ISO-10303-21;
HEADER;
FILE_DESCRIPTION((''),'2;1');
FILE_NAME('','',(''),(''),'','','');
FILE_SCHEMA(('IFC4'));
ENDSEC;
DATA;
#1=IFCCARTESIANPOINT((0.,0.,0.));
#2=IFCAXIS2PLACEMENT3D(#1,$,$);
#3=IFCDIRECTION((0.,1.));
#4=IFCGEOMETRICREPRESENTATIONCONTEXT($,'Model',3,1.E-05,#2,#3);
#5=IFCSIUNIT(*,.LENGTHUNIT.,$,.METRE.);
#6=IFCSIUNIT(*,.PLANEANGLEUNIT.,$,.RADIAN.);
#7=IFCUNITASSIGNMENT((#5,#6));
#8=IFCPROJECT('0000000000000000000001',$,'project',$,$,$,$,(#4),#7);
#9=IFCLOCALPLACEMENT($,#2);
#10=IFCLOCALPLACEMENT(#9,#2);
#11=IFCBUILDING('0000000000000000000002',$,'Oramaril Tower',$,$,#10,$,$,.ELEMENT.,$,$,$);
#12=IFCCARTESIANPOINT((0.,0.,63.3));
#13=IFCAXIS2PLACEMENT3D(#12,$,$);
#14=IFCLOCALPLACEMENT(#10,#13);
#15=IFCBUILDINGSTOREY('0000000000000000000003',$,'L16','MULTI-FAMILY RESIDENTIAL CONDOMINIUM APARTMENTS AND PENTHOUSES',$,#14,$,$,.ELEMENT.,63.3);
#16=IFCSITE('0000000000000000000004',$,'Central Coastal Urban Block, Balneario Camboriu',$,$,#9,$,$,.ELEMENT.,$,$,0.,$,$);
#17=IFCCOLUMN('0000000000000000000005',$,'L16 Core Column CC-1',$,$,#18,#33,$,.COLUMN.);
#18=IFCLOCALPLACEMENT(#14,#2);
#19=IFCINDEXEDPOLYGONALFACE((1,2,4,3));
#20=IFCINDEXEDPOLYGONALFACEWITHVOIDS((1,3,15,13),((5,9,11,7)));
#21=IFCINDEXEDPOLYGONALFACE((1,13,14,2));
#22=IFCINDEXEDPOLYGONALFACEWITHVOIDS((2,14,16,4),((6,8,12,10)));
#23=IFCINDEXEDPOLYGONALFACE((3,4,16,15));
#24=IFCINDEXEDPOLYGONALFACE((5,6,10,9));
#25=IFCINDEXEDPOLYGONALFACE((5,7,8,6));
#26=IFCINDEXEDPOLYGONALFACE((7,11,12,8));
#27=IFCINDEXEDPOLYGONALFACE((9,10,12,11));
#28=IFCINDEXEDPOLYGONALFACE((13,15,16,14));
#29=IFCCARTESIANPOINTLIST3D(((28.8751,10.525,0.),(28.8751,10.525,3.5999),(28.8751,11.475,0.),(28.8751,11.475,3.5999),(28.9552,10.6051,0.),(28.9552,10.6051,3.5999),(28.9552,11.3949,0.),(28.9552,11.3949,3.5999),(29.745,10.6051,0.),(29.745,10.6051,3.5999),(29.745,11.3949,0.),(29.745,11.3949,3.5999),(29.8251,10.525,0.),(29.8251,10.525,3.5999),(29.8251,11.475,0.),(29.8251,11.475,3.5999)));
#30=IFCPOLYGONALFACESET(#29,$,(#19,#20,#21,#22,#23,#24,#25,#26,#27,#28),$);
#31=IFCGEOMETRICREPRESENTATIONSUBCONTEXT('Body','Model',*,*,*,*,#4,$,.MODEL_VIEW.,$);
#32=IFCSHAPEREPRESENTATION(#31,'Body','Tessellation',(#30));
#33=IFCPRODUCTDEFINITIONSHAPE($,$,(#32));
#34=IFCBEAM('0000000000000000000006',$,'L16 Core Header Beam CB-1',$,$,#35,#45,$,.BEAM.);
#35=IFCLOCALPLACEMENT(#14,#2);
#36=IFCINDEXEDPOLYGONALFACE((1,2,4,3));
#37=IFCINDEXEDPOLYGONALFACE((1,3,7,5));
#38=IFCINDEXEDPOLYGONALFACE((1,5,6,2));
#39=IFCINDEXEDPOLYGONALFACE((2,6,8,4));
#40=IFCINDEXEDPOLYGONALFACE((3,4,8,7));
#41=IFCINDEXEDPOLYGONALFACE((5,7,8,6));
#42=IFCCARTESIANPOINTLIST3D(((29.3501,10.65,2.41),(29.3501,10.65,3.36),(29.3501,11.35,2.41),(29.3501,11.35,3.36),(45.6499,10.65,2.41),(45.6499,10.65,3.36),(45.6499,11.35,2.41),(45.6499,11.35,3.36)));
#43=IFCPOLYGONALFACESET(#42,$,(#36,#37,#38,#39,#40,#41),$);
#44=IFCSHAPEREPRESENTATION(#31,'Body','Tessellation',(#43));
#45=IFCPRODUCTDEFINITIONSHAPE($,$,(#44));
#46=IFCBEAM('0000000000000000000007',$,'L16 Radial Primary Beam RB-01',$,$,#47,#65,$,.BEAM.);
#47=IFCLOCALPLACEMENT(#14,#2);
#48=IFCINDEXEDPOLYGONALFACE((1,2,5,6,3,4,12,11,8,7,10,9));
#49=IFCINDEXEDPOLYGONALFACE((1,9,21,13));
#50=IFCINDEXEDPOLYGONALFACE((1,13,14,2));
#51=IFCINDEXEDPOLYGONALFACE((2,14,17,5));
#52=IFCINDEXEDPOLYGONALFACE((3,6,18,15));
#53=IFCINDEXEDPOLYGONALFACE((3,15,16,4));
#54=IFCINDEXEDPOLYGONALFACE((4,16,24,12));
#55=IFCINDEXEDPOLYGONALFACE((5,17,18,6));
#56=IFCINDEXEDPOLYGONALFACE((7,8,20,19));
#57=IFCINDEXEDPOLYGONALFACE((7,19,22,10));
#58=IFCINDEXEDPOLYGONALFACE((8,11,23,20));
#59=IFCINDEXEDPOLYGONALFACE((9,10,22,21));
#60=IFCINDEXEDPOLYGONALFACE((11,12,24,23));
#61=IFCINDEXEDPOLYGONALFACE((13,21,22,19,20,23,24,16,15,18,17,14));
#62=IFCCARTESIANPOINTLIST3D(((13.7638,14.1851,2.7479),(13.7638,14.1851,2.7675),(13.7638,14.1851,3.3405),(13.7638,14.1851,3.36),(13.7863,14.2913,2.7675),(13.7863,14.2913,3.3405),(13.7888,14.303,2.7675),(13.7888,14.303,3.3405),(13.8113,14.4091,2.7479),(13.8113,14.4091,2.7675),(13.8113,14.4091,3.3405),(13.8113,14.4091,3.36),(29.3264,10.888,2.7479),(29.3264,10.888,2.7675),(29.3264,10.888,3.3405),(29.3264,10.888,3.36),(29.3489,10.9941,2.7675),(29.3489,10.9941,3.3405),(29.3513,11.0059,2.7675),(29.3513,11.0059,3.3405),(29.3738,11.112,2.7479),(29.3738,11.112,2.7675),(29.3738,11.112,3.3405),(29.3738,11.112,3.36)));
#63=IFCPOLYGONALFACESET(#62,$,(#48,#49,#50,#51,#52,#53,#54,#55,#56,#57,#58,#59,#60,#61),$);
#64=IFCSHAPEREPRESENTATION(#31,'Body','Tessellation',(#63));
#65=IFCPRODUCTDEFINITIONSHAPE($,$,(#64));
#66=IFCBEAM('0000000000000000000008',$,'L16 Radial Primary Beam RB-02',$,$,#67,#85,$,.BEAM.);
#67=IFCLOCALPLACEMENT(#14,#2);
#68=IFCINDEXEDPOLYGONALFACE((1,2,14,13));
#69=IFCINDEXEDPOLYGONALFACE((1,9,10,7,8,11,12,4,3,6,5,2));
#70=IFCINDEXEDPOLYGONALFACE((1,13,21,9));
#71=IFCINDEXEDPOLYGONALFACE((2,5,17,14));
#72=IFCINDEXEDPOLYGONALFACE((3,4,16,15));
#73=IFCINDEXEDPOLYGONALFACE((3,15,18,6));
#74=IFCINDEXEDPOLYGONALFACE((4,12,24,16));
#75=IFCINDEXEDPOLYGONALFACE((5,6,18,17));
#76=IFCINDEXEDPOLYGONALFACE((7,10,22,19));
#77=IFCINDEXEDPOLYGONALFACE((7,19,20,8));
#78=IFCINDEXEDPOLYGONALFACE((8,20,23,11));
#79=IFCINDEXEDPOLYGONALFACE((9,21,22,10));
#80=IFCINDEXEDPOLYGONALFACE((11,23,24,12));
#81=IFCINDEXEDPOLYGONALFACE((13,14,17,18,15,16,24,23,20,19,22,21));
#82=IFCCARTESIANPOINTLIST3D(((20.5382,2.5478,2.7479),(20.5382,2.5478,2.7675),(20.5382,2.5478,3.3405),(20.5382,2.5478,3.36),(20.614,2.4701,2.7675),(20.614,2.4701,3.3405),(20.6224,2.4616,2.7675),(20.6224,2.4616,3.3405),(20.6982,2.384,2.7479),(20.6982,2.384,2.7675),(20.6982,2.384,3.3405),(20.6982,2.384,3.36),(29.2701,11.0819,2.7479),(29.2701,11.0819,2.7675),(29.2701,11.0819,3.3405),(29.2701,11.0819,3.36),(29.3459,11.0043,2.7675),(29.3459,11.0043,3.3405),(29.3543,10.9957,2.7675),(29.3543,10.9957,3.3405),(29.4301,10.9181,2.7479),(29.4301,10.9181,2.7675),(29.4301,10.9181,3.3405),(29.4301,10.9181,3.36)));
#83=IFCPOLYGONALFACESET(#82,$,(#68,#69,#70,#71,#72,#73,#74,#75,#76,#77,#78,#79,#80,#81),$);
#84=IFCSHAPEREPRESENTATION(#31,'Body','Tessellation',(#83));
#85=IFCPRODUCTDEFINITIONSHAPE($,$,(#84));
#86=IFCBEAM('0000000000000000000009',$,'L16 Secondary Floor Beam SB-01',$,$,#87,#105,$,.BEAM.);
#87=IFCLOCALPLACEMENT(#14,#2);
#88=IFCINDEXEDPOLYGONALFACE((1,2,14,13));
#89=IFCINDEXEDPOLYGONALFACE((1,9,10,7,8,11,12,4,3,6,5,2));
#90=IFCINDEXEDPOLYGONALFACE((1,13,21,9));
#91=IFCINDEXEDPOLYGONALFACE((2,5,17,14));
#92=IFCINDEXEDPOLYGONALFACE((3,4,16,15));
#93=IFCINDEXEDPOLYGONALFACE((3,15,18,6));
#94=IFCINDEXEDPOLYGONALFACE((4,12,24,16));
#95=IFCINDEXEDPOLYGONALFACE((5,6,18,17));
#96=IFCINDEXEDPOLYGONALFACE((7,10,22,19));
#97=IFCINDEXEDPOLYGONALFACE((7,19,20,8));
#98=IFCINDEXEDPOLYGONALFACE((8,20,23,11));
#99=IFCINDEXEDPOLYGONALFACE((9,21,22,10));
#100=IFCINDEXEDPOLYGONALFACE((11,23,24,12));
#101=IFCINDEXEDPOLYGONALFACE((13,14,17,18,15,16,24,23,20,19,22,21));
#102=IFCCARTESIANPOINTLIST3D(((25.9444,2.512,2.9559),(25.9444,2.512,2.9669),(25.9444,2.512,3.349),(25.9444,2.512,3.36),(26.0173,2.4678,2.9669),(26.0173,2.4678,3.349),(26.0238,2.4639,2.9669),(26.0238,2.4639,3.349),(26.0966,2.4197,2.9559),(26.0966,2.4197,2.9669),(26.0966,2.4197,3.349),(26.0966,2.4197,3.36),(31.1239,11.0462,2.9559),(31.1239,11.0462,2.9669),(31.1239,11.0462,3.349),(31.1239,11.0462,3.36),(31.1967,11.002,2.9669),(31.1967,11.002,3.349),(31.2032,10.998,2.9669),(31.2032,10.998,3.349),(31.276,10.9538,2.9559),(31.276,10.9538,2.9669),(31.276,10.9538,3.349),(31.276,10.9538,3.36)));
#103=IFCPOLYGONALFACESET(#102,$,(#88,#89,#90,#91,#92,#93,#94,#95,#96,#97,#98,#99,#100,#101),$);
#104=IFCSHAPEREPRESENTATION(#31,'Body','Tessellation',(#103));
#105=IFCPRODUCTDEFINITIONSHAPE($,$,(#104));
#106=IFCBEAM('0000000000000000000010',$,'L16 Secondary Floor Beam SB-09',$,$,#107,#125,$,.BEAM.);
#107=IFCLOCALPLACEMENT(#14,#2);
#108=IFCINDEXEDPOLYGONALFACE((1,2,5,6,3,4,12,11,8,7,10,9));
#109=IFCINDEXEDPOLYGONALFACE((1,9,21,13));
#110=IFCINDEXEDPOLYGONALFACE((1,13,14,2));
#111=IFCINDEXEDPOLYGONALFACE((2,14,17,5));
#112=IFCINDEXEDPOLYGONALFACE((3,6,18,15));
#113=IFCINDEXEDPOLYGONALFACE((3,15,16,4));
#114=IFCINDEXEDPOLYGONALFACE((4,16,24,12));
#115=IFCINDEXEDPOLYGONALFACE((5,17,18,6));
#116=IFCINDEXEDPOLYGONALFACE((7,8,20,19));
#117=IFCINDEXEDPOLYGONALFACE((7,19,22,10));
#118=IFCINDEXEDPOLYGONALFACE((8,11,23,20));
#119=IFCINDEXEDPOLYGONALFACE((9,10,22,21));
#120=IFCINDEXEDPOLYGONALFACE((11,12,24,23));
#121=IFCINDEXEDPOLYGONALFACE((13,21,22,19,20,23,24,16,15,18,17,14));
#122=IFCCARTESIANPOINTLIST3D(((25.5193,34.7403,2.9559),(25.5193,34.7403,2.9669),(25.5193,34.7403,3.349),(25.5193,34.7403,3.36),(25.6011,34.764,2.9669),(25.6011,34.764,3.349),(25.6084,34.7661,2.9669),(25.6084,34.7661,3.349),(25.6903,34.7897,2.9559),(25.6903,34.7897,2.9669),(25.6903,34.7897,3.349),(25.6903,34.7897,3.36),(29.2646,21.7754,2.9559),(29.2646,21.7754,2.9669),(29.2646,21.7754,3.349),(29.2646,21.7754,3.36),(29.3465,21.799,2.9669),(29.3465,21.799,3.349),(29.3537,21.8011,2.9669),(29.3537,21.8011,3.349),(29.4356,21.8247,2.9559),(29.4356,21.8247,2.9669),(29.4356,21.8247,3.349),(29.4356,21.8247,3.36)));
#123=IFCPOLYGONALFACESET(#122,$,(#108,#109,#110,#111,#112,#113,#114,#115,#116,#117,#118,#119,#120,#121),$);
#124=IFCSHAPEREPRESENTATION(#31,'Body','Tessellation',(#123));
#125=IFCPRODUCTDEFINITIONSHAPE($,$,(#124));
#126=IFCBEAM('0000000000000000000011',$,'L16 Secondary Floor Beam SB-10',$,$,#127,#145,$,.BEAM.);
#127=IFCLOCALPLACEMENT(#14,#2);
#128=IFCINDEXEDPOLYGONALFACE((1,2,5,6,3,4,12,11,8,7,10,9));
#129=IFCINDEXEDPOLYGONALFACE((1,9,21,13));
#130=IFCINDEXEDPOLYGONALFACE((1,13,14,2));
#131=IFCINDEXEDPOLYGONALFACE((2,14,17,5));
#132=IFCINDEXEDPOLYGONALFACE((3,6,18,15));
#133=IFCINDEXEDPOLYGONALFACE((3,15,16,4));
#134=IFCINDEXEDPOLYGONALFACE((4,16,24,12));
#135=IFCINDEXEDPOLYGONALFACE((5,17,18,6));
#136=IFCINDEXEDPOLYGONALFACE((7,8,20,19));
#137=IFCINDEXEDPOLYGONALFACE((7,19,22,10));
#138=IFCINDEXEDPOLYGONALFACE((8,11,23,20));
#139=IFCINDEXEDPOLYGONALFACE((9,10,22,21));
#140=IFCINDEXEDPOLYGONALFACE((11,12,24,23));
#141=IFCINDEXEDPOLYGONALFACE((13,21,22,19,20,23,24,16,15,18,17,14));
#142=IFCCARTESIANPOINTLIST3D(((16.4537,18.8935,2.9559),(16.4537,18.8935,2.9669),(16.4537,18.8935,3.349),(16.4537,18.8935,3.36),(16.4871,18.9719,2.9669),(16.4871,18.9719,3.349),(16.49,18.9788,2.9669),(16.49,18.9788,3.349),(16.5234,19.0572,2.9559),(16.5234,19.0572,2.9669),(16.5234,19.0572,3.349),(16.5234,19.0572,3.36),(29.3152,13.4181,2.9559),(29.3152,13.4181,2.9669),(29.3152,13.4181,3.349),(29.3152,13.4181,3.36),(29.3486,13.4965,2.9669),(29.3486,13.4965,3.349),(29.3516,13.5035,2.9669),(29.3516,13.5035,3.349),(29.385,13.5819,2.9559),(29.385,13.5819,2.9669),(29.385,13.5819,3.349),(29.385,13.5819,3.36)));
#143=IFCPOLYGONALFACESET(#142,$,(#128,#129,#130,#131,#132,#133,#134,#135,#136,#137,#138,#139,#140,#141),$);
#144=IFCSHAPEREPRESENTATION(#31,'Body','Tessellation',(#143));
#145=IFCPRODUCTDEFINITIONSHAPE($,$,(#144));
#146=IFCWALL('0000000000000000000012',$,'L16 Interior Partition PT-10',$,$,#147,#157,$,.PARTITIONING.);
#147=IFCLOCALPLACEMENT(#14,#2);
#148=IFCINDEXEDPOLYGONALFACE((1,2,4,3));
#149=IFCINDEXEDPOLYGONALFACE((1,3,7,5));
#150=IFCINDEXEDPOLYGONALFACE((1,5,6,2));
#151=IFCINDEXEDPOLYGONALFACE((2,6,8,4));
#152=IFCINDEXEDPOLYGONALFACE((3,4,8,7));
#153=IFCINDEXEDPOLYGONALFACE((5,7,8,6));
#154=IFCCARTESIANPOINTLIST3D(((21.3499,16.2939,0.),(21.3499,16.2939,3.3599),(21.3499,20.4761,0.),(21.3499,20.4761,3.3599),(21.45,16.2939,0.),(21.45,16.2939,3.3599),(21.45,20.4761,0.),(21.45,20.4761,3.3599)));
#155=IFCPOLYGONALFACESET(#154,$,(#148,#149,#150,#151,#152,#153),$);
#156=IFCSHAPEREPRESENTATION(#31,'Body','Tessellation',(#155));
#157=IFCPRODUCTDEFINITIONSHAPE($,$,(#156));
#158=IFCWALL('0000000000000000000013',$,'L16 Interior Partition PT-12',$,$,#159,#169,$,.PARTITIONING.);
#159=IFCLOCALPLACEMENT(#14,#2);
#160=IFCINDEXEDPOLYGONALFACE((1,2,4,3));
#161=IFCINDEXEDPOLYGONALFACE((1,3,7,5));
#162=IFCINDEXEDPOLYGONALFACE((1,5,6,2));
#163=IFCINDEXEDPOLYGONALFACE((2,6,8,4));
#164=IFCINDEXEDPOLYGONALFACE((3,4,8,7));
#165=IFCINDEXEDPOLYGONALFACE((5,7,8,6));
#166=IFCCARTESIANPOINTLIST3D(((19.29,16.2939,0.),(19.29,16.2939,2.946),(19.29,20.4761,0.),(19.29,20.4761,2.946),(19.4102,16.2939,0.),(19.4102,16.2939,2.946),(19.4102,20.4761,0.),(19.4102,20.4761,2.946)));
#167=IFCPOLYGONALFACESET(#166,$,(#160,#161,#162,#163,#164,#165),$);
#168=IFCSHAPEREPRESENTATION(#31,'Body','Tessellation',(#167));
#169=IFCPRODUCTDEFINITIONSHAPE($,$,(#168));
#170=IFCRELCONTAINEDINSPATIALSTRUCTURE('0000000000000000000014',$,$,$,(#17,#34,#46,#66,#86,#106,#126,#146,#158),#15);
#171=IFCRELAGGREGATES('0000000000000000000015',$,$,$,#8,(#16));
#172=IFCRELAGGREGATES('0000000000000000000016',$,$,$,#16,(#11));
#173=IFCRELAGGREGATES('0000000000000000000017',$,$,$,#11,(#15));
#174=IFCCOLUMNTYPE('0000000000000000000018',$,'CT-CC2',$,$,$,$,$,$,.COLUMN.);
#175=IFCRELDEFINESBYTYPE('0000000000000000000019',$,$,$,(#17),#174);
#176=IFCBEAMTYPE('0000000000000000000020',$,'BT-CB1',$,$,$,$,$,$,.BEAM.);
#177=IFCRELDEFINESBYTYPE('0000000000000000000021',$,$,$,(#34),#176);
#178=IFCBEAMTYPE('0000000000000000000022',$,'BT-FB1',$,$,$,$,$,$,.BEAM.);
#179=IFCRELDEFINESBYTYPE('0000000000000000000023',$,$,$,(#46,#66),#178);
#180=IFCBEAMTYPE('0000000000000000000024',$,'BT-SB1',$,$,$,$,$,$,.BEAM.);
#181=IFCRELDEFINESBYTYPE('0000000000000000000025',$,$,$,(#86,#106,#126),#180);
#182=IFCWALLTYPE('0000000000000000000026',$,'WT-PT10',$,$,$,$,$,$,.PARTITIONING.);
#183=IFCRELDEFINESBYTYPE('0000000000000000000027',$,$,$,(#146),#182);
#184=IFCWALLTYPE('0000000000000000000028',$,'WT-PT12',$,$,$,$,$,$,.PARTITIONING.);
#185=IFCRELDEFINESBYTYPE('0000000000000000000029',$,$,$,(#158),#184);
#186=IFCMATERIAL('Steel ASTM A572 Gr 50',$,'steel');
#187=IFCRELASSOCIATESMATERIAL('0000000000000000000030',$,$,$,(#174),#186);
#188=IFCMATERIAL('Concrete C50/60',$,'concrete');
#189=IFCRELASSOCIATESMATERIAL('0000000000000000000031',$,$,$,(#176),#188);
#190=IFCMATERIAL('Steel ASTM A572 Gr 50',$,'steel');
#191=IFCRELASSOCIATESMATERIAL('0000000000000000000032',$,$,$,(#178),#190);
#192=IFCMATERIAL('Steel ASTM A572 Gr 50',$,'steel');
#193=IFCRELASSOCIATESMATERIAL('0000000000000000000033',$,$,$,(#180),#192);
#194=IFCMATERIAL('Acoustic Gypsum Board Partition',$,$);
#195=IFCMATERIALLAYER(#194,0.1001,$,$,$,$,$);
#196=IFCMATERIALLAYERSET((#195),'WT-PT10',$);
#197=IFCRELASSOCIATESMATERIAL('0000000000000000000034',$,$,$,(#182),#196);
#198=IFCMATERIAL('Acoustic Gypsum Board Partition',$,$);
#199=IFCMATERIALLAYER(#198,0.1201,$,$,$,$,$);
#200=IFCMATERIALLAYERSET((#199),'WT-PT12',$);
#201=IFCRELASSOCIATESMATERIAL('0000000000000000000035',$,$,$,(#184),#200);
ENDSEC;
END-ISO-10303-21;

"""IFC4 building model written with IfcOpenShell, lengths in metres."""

from ifc_helpers import new_model, si_unit, direction, frame, frame_2d, origin, origin_2d, place, context, subcontext, project, spatial, rectangle, hollow_rectangle, i_section, extrude, material, layer, layer_set, material_profile, profile_set, type_object, element, save


model = new_model("IFC4")

# Units and contexts
model_context = context("Model", 3, precision=1e-05, world=origin(), true_north=direction((0.0, 1.0)))
body_context = subcontext(model_context, "Body", "Model", "MODEL_VIEW")
ifc_project = project(units=[si_unit("LENGTHUNIT", "METRE"), si_unit("PLANEANGLEUNIT", "RADIAN")], contexts=[model_context])

# Site, building, storey
site_placement = place(None, origin())
site = spatial("IfcSite", under=ifc_project, at=site_placement, Name="Central Coastal Urban Block, Balneario Camboriu", CompositionType="ELEMENT", RefElevation=0.0)
building_placement = place(site_placement, origin())
building = spatial("IfcBuilding", under=site, at=building_placement, Name="Oramaril Tower", CompositionType="ELEMENT")
storey_placement = place(building_placement, frame((0.0, 0.0, 63.3)))
storey = spatial("IfcBuildingStorey", under=building, at=storey_placement, Name="L16", Description="MULTI-FAMILY RESIDENTIAL CONDOMINIUM APARTMENTS AND PENTHOUSES", CompositionType="ELEMENT", Elevation=63.3)

# Column
ifc_material_1 = material(Name="Steel ASTM A572 Gr 50", Category="steel")
ifc_material_profile_1 = material_profile(ifc_material_1, hollow_rectangle(XDim=0.95, YDim=0.95, WallThickness=0.0801, at=origin_2d()), Name="BOX950X950X80")
ifc_profile_set_1 = profile_set([ifc_material_profile_1], Name="Steel ASTM A572 Gr 50")
column_type = type_object("IfcColumnType", Name="CT-CC2", PredefinedType="COLUMN", material=ifc_profile_set_1)
column_placement = place(storey_placement, frame((29.3501, 11.0, 0.0), z_axis=(0.0, 0.0, 1.0), x_axis=(1.0, 0.0, 0.0)))
element("IfcColumn", 1, at=column_placement, inside=storey, type_object=column_type, Name="L16 Core Column CC-1", PredefinedType="COLUMN", context=body_context, shape_type="SweptSolid", body=[
    extrude(hollow_rectangle(XDim=0.95, YDim=0.95, WallThickness=0.0801, at=origin_2d()), origin(), (0.0, 0.0, 1.0), 3.5999),
])

# Beams
ifc_material_2 = material(Name="Concrete C50/60", Category="concrete")
ifc_material_profile_2 = material_profile(ifc_material_2, rectangle(XDim=0.7, YDim=0.95, at=origin_2d()), Name="CB700X950")
ifc_profile_set_2 = profile_set([ifc_material_profile_2], Name="Concrete C50/60")
beam_type_1 = type_object("IfcBeamType", Name="BT-CB1", PredefinedType="BEAM", material=ifc_profile_set_2)
beam_1_placement = place(storey_placement, frame((29.3501, 11.0, 2.885), z_axis=(1.0, 0.0, 0.0), x_axis=(0.0, 1.0, 0.0)))
element("IfcBeam", 2, at=beam_1_placement, inside=storey, type_object=beam_type_1, Name="L16 Core Header Beam CB-1", PredefinedType="BEAM", context=body_context, shape_type="SweptSolid", body=[
    extrude(rectangle(XDim=0.7, YDim=0.95, at=origin_2d()), origin(), (0.0, 0.0, 1.0), 16.2998),
])
ifc_material_3 = material(Name="Steel ASTM A572 Gr 50", Category="steel")
ifc_material_profile_3 = material_profile(ifc_material_3, i_section(OverallWidth=0.229, OverallDepth=0.6121, WebThickness=0.012, FlangeThickness=0.0195, at=origin_2d()), Name="W24X84")
ifc_profile_set_3 = profile_set([ifc_material_profile_3], Name="Steel ASTM A572 Gr 50")
beam_type_2 = type_object("IfcBeamType", Name="BT-FB1", PredefinedType="BEAM", material=ifc_profile_set_3)
beam_2_placement = place(storey_placement, frame((29.3501, 11.0, 3.054), z_axis=(-0.978285, 0.207263, 0.0), x_axis=(-0.207263, -0.978285, 0.0)))
element("IfcBeam", 3, at=beam_2_placement, inside=storey, type_object=beam_type_2, Name="L16 Radial Primary Beam RB-01", PredefinedType="BEAM", context=body_context, shape_type="SweptSolid", body=[
    extrude(i_section(OverallWidth=0.229, OverallDepth=0.6121, WebThickness=0.012, FlangeThickness=0.0195, at=origin_2d()), origin(), (0.0, 0.0, 1.0), 15.908),
])
beam_3_placement = place(storey_placement, frame((29.3501, 11.0, 3.054), z_axis=(-0.715159, -0.698962, 0.0), x_axis=(0.698962, -0.715159, 0.0)))
element("IfcBeam", 4, at=beam_3_placement, inside=storey, type_object=beam_type_2, Name="L16 Radial Primary Beam RB-02", PredefinedType="BEAM", context=body_context, shape_type="SweptSolid", body=[
    extrude(i_section(OverallWidth=0.229, OverallDepth=0.6121, WebThickness=0.012, FlangeThickness=0.0195, at=origin_2d()), origin(), (0.0, 0.0, 1.0), 12.2097),
])
ifc_material_4 = material(Name="Steel ASTM A572 Gr 50", Category="steel")
ifc_material_profile_4 = material_profile(ifc_material_4, i_section(OverallWidth=0.178, OverallDepth=0.4041, WebThickness=0.0076, FlangeThickness=0.011, at=origin_2d()), Name="W16X36")
ifc_profile_set_4 = profile_set([ifc_material_profile_4], Name="Steel ASTM A572 Gr 50")
beam_type_3 = type_object("IfcBeamType", Name="BT-SB1", PredefinedType="BEAM", material=ifc_profile_set_4)
beam_4_placement = place(storey_placement, frame((31.2, 11.0, 3.158), z_axis=(-0.51883, -0.854877, 0.0), x_axis=(0.854877, -0.51883, 0.0)))
element("IfcBeam", 5, at=beam_4_placement, inside=storey, type_object=beam_type_3, Name="L16 Secondary Floor Beam SB-01", PredefinedType="BEAM", context=body_context, shape_type="SweptSolid", body=[
    extrude(i_section(OverallWidth=0.178, OverallDepth=0.4041, WebThickness=0.0076, FlangeThickness=0.011, at=origin_2d()), origin(), (0.0, 0.0, 1.0), 9.9829),
])
beam_5_placement = place(storey_placement, frame((29.3501, 21.8, 3.158), z_axis=(-0.277532, 0.960716, 0.0), x_axis=(-0.960716, -0.277532, 0.0)))
element("IfcBeam", 6, at=beam_5_placement, inside=storey, type_object=beam_type_3, Name="L16 Secondary Floor Beam SB-09", PredefinedType="BEAM", context=body_context, shape_type="SweptSolid", body=[
    extrude(i_section(OverallWidth=0.178, OverallDepth=0.4041, WebThickness=0.0076, FlangeThickness=0.011, at=origin_2d()), origin(), (0.0, 0.0, 1.0), 13.4951),
])
beam_6_placement = place(storey_placement, frame((29.3501, 13.5, 3.158), z_axis=(-0.920095, 0.391696, 0.0), x_axis=(-0.391696, -0.920095, 0.0)))
element("IfcBeam", 7, at=beam_6_placement, inside=storey, type_object=beam_type_3, Name="L16 Secondary Floor Beam SB-10", PredefinedType="BEAM", context=body_context, shape_type="SweptSolid", body=[
    extrude(i_section(OverallWidth=0.178, OverallDepth=0.4041, WebThickness=0.0076, FlangeThickness=0.011, at=origin_2d()), origin(), (0.0, 0.0, 1.0), 13.9785),
])

# Walls
ifc_material_5 = material(Name="Acoustic Gypsum Board Partition")
ifc_layer_1 = layer(ifc_material_5, 0.1001)
ifc_layer_set_1 = layer_set([ifc_layer_1], Name="WT-PT10")
wall_type_1 = type_object("IfcWallType", Name="WT-PT10", PredefinedType="PARTITIONING", material=ifc_layer_set_1)
wall_1_placement = place(storey_placement, frame((21.3999, 16.2939, 0.0), z_axis=(0.0, 0.0, 1.0), x_axis=(0.0, 1.0, 0.0)))
element("IfcWall", 8, at=wall_1_placement, inside=storey, type_object=wall_type_1, Name="L16 Interior Partition PT-10", PredefinedType="PARTITIONING", context=body_context, shape_type="SweptSolid", body=[
    extrude(rectangle(XDim=4.1821, YDim=0.1001, at=frame_2d((2.0911, 0.0))), origin(), (0.0, 0.0, 1.0), 3.3599),
])
ifc_material_6 = material(Name="Acoustic Gypsum Board Partition")
ifc_layer_2 = layer(ifc_material_6, 0.1201)
ifc_layer_set_2 = layer_set([ifc_layer_2], Name="WT-PT12")
wall_type_2 = type_object("IfcWallType", Name="WT-PT12", PredefinedType="PARTITIONING", material=ifc_layer_set_2)
wall_2_placement = place(storey_placement, frame((19.3501, 16.2939, 0.0), z_axis=(0.0, 0.0, 1.0), x_axis=(0.0, 1.0, 0.0)))
element("IfcWall", 9, at=wall_2_placement, inside=storey, type_object=wall_type_2, Name="L16 Interior Partition PT-12", PredefinedType="PARTITIONING", context=body_context, shape_type="SweptSolid", body=[
    extrude(rectangle(XDim=4.1821, YDim=0.1201, at=frame_2d((2.0911, 0.0))), origin(), (0.0, 0.0, 1.0), 2.946),
])

save(model, "model.ifc")
